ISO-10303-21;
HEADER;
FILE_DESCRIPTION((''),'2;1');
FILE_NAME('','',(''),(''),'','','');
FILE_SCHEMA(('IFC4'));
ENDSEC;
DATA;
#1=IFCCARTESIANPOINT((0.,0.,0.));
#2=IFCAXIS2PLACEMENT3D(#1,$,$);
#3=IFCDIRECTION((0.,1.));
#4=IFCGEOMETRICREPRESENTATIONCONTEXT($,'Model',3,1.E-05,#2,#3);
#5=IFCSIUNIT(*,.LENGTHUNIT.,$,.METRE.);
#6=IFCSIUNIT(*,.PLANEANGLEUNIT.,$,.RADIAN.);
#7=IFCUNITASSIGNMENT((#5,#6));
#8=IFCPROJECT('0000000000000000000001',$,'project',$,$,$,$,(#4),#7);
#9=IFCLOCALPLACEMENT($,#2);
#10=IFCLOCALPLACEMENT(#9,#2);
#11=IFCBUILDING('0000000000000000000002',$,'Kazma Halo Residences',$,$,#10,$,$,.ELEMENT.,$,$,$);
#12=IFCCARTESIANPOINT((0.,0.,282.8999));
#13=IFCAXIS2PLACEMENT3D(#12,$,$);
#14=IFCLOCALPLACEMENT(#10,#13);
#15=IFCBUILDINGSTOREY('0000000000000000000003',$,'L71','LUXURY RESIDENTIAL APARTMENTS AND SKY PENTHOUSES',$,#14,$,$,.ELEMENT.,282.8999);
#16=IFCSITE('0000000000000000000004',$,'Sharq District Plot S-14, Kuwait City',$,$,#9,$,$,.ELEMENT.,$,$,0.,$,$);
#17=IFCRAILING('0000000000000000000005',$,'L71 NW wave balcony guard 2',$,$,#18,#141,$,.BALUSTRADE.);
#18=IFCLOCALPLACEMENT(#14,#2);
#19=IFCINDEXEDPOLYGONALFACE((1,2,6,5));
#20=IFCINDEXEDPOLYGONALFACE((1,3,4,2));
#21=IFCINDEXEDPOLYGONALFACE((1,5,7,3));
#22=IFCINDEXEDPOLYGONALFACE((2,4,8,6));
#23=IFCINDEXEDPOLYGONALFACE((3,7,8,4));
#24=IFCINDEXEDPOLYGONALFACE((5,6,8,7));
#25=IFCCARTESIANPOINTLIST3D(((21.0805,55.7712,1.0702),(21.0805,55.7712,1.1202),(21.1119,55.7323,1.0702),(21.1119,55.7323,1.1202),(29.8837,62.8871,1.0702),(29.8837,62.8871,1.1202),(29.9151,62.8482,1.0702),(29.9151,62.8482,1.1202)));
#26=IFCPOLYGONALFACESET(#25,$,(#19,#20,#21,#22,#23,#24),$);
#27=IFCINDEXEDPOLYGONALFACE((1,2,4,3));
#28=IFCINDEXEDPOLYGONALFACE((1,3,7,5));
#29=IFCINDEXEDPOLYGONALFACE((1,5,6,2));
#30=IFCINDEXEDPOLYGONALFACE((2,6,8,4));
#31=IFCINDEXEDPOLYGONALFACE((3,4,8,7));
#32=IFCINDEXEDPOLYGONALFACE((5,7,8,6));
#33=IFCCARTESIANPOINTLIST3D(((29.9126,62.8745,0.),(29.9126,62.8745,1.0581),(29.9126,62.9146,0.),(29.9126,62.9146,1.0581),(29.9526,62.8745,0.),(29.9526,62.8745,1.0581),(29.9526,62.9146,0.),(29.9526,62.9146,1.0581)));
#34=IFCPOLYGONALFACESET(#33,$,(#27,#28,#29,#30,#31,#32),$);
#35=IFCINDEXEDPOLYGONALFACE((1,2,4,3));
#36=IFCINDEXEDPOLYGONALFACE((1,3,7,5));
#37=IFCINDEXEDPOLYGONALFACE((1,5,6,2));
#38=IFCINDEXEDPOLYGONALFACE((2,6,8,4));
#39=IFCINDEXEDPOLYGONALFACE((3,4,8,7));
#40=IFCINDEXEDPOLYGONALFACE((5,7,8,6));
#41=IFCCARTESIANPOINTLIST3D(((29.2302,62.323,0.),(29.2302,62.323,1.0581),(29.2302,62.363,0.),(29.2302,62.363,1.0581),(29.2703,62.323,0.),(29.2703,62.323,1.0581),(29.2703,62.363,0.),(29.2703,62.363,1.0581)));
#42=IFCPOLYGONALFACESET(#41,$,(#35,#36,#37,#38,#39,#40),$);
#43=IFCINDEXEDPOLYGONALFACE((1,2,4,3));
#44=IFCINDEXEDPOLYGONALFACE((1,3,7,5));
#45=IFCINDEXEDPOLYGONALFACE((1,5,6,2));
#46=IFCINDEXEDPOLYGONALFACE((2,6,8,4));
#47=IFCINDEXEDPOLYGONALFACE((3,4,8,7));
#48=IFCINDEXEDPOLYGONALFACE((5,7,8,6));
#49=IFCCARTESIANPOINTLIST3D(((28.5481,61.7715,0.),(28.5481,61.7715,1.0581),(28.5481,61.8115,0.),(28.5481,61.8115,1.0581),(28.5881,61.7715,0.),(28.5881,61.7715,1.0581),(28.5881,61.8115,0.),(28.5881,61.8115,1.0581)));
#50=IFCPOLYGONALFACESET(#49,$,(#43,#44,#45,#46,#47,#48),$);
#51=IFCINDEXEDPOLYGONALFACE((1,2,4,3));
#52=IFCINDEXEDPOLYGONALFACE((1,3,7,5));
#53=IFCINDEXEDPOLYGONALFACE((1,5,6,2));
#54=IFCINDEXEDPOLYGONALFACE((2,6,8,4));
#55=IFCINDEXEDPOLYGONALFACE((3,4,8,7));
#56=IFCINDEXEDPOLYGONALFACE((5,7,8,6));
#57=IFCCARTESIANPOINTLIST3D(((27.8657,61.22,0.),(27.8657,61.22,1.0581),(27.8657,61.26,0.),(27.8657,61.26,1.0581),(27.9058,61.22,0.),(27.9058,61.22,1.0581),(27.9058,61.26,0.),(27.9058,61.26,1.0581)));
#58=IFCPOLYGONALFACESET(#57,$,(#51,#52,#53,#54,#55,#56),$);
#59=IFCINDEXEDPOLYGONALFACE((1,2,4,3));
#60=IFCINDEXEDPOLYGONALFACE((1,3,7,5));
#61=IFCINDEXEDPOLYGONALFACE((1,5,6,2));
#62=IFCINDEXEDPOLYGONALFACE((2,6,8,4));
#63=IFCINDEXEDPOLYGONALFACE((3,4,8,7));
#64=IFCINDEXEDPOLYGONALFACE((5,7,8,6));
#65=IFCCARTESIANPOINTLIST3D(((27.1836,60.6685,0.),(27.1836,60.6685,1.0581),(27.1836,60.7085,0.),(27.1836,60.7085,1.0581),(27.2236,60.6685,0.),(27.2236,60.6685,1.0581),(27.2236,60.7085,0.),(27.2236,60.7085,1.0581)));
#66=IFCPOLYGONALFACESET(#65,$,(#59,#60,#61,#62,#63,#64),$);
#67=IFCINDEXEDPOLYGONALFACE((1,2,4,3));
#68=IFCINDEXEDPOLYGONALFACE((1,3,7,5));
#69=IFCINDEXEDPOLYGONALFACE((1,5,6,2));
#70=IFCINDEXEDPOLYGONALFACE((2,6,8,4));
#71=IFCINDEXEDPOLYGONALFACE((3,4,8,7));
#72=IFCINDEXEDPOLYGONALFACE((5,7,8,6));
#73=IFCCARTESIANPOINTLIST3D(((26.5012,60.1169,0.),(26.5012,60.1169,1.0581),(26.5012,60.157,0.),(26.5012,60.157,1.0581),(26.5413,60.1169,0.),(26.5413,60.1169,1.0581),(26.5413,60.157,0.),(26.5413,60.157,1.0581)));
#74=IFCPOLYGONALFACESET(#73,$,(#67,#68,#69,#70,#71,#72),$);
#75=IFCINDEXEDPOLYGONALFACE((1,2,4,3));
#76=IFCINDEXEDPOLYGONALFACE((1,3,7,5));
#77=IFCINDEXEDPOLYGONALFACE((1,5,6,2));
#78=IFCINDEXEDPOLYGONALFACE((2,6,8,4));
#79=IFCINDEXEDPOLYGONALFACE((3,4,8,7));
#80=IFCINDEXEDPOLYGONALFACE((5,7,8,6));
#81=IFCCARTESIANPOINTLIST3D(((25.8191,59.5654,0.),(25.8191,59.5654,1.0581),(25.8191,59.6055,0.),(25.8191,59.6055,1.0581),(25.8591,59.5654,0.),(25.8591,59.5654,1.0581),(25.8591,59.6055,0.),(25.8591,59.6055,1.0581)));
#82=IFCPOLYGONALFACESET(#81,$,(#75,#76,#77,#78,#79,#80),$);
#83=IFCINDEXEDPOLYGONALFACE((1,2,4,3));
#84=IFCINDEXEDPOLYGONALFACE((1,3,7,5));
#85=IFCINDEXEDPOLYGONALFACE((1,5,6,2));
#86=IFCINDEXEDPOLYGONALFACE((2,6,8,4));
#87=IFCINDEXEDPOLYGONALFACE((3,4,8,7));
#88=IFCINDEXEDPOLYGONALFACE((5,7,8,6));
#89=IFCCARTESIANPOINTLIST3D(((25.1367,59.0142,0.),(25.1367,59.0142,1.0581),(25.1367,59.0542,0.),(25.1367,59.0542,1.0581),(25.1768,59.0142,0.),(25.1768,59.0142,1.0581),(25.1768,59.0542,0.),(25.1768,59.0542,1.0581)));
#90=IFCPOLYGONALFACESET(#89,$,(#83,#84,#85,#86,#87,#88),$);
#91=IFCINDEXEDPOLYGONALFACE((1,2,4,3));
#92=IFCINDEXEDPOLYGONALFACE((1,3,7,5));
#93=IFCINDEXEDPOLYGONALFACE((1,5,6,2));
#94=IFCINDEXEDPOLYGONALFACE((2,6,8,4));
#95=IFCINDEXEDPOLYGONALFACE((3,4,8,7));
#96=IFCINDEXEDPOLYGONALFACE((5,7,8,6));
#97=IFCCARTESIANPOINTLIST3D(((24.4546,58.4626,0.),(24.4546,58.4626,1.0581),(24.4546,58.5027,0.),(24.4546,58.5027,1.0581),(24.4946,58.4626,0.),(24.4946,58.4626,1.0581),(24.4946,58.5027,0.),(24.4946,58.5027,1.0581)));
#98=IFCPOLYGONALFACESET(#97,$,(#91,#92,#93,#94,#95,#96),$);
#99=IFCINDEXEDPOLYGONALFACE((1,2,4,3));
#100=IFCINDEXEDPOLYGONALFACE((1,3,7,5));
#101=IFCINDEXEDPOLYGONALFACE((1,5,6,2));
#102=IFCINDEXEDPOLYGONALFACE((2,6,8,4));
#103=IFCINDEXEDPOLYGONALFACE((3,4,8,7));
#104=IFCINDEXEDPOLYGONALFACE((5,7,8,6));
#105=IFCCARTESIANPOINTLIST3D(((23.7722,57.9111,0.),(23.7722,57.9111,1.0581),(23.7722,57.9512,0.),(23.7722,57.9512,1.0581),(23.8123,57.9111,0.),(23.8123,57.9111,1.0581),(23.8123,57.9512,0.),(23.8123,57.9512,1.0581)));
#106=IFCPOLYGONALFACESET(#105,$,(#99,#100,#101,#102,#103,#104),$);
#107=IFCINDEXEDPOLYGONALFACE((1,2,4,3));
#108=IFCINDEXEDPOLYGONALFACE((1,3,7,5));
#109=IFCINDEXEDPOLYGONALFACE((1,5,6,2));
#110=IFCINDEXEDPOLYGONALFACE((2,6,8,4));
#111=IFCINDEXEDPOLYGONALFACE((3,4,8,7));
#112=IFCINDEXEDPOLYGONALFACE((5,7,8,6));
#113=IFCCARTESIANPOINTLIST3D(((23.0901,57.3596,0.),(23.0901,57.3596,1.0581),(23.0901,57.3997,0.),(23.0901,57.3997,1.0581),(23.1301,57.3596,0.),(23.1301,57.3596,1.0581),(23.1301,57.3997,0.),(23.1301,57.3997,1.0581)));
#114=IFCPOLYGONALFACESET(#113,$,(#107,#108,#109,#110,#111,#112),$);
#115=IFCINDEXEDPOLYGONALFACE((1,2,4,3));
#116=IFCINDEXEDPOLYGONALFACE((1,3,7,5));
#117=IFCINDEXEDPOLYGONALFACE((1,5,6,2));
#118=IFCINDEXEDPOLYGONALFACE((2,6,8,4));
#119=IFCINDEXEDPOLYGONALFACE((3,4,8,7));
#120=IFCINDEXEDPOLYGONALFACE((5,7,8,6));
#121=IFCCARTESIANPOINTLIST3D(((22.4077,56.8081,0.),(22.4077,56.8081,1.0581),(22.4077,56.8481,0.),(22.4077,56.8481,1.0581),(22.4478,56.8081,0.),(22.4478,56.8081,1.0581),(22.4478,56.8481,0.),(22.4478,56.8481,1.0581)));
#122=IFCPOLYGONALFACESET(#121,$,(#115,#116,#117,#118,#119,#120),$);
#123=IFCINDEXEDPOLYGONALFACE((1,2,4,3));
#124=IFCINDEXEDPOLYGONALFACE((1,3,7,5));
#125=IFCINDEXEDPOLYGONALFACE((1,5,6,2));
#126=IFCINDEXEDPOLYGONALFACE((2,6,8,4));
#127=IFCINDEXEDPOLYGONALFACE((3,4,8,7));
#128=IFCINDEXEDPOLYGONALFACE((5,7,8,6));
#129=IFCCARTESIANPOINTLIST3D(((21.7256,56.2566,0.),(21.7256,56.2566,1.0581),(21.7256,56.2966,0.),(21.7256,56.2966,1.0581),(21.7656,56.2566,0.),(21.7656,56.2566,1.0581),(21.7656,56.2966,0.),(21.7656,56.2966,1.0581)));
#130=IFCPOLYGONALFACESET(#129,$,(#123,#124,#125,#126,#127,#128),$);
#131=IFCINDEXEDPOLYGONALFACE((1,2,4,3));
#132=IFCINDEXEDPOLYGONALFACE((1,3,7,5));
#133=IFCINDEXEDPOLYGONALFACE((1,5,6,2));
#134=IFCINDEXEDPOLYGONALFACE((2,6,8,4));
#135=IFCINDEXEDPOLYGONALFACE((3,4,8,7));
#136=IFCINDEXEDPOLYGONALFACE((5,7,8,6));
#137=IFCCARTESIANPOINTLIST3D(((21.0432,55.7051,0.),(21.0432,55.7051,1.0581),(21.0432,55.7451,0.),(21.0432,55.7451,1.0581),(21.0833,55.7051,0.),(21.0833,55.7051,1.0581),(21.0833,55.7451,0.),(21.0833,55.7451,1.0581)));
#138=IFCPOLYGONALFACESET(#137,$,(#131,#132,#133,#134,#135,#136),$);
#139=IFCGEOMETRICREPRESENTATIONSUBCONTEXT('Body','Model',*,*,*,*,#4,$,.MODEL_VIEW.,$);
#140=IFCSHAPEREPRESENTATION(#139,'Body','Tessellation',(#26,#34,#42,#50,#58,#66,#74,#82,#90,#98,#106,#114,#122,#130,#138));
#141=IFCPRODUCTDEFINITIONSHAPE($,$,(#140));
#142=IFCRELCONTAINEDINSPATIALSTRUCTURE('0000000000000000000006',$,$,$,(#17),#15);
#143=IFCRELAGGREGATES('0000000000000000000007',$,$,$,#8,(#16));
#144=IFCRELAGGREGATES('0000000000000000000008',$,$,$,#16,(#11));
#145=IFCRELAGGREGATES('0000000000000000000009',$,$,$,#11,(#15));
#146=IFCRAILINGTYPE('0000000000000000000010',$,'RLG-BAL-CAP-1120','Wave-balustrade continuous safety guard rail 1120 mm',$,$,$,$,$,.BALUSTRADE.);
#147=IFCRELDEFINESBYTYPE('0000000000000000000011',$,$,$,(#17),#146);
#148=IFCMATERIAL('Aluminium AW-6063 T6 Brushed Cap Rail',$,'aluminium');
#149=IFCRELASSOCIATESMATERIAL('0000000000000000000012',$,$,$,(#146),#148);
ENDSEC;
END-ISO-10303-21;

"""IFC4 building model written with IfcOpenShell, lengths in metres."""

from ifc_helpers import new_model, si_unit, direction, frame, origin, origin_2d, place, context, subcontext, project, spatial, rectangle, extrude, material, type_object, element, save


model = new_model("IFC4")

# Units and contexts
model_context = context("Model", 3, precision=1e-05, world=origin(), true_north=direction((0.0, 1.0)))
body_context = subcontext(model_context, "Body", "Model", "MODEL_VIEW")
ifc_project = project(units=[si_unit("LENGTHUNIT", "METRE"), si_unit("PLANEANGLEUNIT", "RADIAN")], contexts=[model_context])

# Site, building, storey
site_placement = place(None, origin())
site = spatial("IfcSite", under=ifc_project, at=site_placement, Name="Sharq District Plot S-14, Kuwait City", CompositionType="ELEMENT", RefElevation=0.0)
building_placement = place(site_placement, origin())
building = spatial("IfcBuilding", under=site, at=building_placement, Name="Kazma Halo Residences", CompositionType="ELEMENT")
storey_placement = place(building_placement, frame((0.0, 0.0, 282.8999)))
storey = spatial("IfcBuildingStorey", under=building, at=storey_placement, Name="L71", Description="LUXURY RESIDENTIAL APARTMENTS AND SKY PENTHOUSES", CompositionType="ELEMENT", Elevation=282.8999)

# Railing
ifc_material_1 = material(Name="Aluminium AW-6063 T6 Brushed Cap Rail", Category="aluminium")
railing_type = type_object("IfcRailingType", Name="RLG-BAL-CAP-1120", Description="Wave-balustrade continuous safety guard rail 1120 mm", PredefinedType="BALUSTRADE", material=ifc_material_1)
railing_1_placement = place(storey_placement, frame((29.9326, 62.8945, 0.0)))
element("IfcRailing", 1, at=railing_1_placement, inside=storey, type_object=railing_type, Name="L71 NW wave balcony guard 2", PredefinedType="BALUSTRADE", context=body_context, shape_type="SweptSolid", body=[
    extrude(rectangle(XDim=0.05, YDim=0.05, at=origin_2d()), frame((-0.0332, -0.0269, 1.0952), z_axis=(-0.777697, -0.62864, 0.0), x_axis=(0.62864, -0.777697, 0.0)), (0.0, 0.0, 1.0), 11.3196),
    extrude(rectangle(XDim=0.04, YDim=0.04, at=origin_2d()), origin(), (0.0, 0.0, 1.0), 1.0581),
    extrude(rectangle(XDim=0.04, YDim=0.04, at=origin_2d()), frame((-0.6824, -0.5515, 0.0)), (0.0, 0.0, 1.0), 1.0581),
    extrude(rectangle(XDim=0.04, YDim=0.04, at=origin_2d()), frame((-1.3645, -1.103, 0.0)), (0.0, 0.0, 1.0), 1.0581),
    extrude(rectangle(XDim=0.04, YDim=0.04, at=origin_2d()), frame((-2.0469, -1.6545, 0.0)), (0.0, 0.0, 1.0), 1.0581),
    extrude(rectangle(XDim=0.04, YDim=0.04, at=origin_2d()), frame((-2.729, -2.2061, 0.0)), (0.0, 0.0, 1.0), 1.0581),
    extrude(rectangle(XDim=0.04, YDim=0.04, at=origin_2d()), frame((-3.4114, -2.7576, 0.0)), (0.0, 0.0, 1.0), 1.0581),
    extrude(rectangle(XDim=0.04, YDim=0.04, at=origin_2d()), frame((-4.0935, -3.3091, 0.0)), (0.0, 0.0, 1.0), 1.0581),
    extrude(rectangle(XDim=0.04, YDim=0.04, at=origin_2d()), frame((-4.7759, -3.8604, 0.0)), (0.0, 0.0, 1.0), 1.0581),
    extrude(rectangle(XDim=0.04, YDim=0.04, at=origin_2d()), frame((-5.458, -4.4119, 0.0)), (0.0, 0.0, 1.0), 1.0581),
    extrude(rectangle(XDim=0.04, YDim=0.04, at=origin_2d()), frame((-6.1404, -4.9634, 0.0)), (0.0, 0.0, 1.0), 1.0581),
    extrude(rectangle(XDim=0.04, YDim=0.04, at=origin_2d()), frame((-6.8225, -5.5149, 0.0)), (0.0, 0.0, 1.0), 1.0581),
    extrude(rectangle(XDim=0.04, YDim=0.04, at=origin_2d()), frame((-7.5049, -6.0664, 0.0)), (0.0, 0.0, 1.0), 1.0581),
    extrude(rectangle(XDim=0.04, YDim=0.04, at=origin_2d()), frame((-8.187, -6.6179, 0.0)), (0.0, 0.0, 1.0), 1.0581),
    extrude(rectangle(XDim=0.04, YDim=0.04, at=origin_2d()), frame((-8.8694, -7.1694, 0.0)), (0.0, 0.0, 1.0), 1.0581),
])

save(model, "model.ifc")
